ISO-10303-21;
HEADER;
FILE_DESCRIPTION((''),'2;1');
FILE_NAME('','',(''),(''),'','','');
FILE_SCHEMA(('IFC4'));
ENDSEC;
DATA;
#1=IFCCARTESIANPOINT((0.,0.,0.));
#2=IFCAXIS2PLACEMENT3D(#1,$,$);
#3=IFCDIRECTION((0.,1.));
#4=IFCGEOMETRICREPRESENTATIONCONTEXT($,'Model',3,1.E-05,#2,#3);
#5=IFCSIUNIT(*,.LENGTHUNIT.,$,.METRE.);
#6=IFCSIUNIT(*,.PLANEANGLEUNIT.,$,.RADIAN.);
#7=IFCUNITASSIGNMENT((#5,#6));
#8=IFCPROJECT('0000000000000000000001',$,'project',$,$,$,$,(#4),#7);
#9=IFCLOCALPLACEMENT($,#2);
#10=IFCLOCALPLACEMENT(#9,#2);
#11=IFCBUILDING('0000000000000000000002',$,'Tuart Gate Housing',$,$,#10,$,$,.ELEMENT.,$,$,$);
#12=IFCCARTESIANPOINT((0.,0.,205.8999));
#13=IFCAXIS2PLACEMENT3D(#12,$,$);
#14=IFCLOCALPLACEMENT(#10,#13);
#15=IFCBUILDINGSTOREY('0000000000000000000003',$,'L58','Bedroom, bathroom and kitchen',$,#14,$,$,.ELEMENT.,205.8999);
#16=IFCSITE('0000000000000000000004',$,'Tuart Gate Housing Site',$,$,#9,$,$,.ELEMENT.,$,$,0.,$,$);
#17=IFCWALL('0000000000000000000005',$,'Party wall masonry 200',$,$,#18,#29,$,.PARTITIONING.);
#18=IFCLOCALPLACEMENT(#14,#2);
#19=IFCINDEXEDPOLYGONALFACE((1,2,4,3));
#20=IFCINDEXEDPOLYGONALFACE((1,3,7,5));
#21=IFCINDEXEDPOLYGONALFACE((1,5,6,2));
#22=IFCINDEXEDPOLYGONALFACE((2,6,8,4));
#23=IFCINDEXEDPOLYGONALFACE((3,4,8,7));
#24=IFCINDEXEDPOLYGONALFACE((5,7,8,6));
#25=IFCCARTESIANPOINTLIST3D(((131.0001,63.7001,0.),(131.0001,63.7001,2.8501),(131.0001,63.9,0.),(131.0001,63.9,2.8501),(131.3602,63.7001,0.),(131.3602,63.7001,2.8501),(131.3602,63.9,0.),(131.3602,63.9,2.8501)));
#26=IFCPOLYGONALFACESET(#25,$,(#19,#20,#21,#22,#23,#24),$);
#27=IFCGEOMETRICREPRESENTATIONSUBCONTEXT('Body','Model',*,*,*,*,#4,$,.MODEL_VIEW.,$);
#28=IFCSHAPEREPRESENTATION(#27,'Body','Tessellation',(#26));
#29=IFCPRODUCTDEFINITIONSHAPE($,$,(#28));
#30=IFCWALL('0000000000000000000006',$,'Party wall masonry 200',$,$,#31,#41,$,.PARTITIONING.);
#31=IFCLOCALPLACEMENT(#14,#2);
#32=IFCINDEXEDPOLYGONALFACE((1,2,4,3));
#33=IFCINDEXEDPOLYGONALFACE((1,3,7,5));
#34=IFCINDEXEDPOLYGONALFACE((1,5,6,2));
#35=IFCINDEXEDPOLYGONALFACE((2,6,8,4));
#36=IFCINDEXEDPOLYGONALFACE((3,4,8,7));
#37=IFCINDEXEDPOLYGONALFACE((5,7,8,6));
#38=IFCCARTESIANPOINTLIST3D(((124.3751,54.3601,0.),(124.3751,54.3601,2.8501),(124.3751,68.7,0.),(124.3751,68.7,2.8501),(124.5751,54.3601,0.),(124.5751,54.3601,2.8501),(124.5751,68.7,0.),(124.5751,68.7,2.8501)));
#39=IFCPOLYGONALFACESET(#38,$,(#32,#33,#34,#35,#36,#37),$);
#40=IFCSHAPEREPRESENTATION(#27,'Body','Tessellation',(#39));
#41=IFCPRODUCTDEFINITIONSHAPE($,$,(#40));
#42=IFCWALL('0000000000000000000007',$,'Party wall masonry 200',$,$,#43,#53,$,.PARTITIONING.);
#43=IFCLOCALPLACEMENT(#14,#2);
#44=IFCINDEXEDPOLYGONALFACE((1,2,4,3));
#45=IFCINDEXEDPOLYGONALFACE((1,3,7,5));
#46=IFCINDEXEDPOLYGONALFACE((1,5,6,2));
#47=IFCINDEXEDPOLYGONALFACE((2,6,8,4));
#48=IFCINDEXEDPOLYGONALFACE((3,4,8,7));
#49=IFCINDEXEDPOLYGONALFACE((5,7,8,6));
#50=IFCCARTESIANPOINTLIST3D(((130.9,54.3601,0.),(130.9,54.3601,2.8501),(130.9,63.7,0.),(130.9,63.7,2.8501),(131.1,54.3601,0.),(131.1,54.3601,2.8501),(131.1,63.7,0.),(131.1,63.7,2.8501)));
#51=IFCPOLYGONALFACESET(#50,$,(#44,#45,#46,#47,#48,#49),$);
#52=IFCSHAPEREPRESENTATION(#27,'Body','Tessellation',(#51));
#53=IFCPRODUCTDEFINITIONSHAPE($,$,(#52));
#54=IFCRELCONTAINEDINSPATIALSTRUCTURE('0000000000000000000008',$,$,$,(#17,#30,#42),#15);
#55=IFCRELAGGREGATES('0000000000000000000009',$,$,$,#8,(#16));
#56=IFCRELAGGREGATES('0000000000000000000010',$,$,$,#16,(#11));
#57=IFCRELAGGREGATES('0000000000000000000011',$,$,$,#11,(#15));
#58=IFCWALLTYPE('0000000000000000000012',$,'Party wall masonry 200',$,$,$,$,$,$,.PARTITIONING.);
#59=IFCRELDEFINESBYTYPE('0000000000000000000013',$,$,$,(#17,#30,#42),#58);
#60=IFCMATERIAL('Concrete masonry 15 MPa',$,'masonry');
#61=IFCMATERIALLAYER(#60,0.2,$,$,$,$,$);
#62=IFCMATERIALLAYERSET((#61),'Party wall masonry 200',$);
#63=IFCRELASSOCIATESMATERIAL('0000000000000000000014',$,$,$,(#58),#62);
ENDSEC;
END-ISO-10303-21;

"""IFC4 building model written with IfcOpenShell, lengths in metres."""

from ifc_helpers import new_model, si_unit, direction, frame, frame_2d, origin, place, context, subcontext, project, spatial, rectangle, extrude, material, layer, layer_set, type_object, element, save


model = new_model("IFC4")

# Units and contexts
model_context = context("Model", 3, precision=1e-05, world=origin(), true_north=direction((0.0, 1.0)))
body_context = subcontext(model_context, "Body", "Model", "MODEL_VIEW")
ifc_project = project(units=[si_unit("LENGTHUNIT", "METRE"), si_unit("PLANEANGLEUNIT", "RADIAN")], contexts=[model_context])

# Site, building, storey
site_placement = place(None, origin())
site = spatial("IfcSite", under=ifc_project, at=site_placement, Name="Tuart Gate Housing Site", CompositionType="ELEMENT", RefElevation=0.0)
building_placement = place(site_placement, origin())
building = spatial("IfcBuilding", under=site, at=building_placement, Name="Tuart Gate Housing", CompositionType="ELEMENT")
storey_placement = place(building_placement, frame((0.0, 0.0, 205.8999)))
storey = spatial("IfcBuildingStorey", under=building, at=storey_placement, Name="L58", Description="Bedroom, bathroom and kitchen", CompositionType="ELEMENT", Elevation=205.8999)

# Walls
ifc_material_1 = material(Name="Concrete masonry 15 MPa", Category="masonry")
ifc_layer_1 = layer(ifc_material_1, 0.2)
ifc_layer_set_1 = layer_set([ifc_layer_1], Name="Party wall masonry 200")
wall_type_1 = type_object("IfcWallType", Name="Party wall masonry 200", PredefinedType="PARTITIONING", material=ifc_layer_set_1)
wall_1_placement = place(storey_placement, frame((131.0, 63.8, 0.0), z_axis=(0.0, 0.0, 1.0), x_axis=(1.0, 0.0, 0.0)))
element("IfcWall", 1, at=wall_1_placement, inside=storey, type_object=wall_type_1, Name="Party wall masonry 200", PredefinedType="PARTITIONING", context=body_context, shape_type="SweptSolid", body=[
    extrude(rectangle(XDim=0.3601, YDim=0.2, at=frame_2d((0.1802, 0.0))), origin(), (0.0, 0.0, 1.0), 2.8501),
])
wall_2_placement = place(storey_placement, frame((124.4751, 54.3601, 0.0), z_axis=(0.0, 0.0, 1.0), x_axis=(0.0, 1.0, 0.0)))
element("IfcWall", 2, at=wall_2_placement, inside=storey, type_object=wall_type_1, Name="Party wall masonry 200", PredefinedType="PARTITIONING", context=body_context, shape_type="SweptSolid", body=[
    extrude(rectangle(XDim=14.3398, YDim=0.2, at=frame_2d((7.1699, 0.0))), origin(), (0.0, 0.0, 1.0), 2.8501),
])
wall_3_placement = place(storey_placement, frame((131.0, 54.3601, 0.0), z_axis=(0.0, 0.0, 1.0), x_axis=(0.0, 1.0, 0.0)))
element("IfcWall", 3, at=wall_3_placement, inside=storey, type_object=wall_type_1, Name="Party wall masonry 200", PredefinedType="PARTITIONING", context=body_context, shape_type="SweptSolid", body=[
    extrude(rectangle(XDim=9.3398, YDim=0.2, at=frame_2d((4.6699, 0.0))), origin(), (0.0, 0.0, 1.0), 2.8501),
])

save(model, "model.ifc")
